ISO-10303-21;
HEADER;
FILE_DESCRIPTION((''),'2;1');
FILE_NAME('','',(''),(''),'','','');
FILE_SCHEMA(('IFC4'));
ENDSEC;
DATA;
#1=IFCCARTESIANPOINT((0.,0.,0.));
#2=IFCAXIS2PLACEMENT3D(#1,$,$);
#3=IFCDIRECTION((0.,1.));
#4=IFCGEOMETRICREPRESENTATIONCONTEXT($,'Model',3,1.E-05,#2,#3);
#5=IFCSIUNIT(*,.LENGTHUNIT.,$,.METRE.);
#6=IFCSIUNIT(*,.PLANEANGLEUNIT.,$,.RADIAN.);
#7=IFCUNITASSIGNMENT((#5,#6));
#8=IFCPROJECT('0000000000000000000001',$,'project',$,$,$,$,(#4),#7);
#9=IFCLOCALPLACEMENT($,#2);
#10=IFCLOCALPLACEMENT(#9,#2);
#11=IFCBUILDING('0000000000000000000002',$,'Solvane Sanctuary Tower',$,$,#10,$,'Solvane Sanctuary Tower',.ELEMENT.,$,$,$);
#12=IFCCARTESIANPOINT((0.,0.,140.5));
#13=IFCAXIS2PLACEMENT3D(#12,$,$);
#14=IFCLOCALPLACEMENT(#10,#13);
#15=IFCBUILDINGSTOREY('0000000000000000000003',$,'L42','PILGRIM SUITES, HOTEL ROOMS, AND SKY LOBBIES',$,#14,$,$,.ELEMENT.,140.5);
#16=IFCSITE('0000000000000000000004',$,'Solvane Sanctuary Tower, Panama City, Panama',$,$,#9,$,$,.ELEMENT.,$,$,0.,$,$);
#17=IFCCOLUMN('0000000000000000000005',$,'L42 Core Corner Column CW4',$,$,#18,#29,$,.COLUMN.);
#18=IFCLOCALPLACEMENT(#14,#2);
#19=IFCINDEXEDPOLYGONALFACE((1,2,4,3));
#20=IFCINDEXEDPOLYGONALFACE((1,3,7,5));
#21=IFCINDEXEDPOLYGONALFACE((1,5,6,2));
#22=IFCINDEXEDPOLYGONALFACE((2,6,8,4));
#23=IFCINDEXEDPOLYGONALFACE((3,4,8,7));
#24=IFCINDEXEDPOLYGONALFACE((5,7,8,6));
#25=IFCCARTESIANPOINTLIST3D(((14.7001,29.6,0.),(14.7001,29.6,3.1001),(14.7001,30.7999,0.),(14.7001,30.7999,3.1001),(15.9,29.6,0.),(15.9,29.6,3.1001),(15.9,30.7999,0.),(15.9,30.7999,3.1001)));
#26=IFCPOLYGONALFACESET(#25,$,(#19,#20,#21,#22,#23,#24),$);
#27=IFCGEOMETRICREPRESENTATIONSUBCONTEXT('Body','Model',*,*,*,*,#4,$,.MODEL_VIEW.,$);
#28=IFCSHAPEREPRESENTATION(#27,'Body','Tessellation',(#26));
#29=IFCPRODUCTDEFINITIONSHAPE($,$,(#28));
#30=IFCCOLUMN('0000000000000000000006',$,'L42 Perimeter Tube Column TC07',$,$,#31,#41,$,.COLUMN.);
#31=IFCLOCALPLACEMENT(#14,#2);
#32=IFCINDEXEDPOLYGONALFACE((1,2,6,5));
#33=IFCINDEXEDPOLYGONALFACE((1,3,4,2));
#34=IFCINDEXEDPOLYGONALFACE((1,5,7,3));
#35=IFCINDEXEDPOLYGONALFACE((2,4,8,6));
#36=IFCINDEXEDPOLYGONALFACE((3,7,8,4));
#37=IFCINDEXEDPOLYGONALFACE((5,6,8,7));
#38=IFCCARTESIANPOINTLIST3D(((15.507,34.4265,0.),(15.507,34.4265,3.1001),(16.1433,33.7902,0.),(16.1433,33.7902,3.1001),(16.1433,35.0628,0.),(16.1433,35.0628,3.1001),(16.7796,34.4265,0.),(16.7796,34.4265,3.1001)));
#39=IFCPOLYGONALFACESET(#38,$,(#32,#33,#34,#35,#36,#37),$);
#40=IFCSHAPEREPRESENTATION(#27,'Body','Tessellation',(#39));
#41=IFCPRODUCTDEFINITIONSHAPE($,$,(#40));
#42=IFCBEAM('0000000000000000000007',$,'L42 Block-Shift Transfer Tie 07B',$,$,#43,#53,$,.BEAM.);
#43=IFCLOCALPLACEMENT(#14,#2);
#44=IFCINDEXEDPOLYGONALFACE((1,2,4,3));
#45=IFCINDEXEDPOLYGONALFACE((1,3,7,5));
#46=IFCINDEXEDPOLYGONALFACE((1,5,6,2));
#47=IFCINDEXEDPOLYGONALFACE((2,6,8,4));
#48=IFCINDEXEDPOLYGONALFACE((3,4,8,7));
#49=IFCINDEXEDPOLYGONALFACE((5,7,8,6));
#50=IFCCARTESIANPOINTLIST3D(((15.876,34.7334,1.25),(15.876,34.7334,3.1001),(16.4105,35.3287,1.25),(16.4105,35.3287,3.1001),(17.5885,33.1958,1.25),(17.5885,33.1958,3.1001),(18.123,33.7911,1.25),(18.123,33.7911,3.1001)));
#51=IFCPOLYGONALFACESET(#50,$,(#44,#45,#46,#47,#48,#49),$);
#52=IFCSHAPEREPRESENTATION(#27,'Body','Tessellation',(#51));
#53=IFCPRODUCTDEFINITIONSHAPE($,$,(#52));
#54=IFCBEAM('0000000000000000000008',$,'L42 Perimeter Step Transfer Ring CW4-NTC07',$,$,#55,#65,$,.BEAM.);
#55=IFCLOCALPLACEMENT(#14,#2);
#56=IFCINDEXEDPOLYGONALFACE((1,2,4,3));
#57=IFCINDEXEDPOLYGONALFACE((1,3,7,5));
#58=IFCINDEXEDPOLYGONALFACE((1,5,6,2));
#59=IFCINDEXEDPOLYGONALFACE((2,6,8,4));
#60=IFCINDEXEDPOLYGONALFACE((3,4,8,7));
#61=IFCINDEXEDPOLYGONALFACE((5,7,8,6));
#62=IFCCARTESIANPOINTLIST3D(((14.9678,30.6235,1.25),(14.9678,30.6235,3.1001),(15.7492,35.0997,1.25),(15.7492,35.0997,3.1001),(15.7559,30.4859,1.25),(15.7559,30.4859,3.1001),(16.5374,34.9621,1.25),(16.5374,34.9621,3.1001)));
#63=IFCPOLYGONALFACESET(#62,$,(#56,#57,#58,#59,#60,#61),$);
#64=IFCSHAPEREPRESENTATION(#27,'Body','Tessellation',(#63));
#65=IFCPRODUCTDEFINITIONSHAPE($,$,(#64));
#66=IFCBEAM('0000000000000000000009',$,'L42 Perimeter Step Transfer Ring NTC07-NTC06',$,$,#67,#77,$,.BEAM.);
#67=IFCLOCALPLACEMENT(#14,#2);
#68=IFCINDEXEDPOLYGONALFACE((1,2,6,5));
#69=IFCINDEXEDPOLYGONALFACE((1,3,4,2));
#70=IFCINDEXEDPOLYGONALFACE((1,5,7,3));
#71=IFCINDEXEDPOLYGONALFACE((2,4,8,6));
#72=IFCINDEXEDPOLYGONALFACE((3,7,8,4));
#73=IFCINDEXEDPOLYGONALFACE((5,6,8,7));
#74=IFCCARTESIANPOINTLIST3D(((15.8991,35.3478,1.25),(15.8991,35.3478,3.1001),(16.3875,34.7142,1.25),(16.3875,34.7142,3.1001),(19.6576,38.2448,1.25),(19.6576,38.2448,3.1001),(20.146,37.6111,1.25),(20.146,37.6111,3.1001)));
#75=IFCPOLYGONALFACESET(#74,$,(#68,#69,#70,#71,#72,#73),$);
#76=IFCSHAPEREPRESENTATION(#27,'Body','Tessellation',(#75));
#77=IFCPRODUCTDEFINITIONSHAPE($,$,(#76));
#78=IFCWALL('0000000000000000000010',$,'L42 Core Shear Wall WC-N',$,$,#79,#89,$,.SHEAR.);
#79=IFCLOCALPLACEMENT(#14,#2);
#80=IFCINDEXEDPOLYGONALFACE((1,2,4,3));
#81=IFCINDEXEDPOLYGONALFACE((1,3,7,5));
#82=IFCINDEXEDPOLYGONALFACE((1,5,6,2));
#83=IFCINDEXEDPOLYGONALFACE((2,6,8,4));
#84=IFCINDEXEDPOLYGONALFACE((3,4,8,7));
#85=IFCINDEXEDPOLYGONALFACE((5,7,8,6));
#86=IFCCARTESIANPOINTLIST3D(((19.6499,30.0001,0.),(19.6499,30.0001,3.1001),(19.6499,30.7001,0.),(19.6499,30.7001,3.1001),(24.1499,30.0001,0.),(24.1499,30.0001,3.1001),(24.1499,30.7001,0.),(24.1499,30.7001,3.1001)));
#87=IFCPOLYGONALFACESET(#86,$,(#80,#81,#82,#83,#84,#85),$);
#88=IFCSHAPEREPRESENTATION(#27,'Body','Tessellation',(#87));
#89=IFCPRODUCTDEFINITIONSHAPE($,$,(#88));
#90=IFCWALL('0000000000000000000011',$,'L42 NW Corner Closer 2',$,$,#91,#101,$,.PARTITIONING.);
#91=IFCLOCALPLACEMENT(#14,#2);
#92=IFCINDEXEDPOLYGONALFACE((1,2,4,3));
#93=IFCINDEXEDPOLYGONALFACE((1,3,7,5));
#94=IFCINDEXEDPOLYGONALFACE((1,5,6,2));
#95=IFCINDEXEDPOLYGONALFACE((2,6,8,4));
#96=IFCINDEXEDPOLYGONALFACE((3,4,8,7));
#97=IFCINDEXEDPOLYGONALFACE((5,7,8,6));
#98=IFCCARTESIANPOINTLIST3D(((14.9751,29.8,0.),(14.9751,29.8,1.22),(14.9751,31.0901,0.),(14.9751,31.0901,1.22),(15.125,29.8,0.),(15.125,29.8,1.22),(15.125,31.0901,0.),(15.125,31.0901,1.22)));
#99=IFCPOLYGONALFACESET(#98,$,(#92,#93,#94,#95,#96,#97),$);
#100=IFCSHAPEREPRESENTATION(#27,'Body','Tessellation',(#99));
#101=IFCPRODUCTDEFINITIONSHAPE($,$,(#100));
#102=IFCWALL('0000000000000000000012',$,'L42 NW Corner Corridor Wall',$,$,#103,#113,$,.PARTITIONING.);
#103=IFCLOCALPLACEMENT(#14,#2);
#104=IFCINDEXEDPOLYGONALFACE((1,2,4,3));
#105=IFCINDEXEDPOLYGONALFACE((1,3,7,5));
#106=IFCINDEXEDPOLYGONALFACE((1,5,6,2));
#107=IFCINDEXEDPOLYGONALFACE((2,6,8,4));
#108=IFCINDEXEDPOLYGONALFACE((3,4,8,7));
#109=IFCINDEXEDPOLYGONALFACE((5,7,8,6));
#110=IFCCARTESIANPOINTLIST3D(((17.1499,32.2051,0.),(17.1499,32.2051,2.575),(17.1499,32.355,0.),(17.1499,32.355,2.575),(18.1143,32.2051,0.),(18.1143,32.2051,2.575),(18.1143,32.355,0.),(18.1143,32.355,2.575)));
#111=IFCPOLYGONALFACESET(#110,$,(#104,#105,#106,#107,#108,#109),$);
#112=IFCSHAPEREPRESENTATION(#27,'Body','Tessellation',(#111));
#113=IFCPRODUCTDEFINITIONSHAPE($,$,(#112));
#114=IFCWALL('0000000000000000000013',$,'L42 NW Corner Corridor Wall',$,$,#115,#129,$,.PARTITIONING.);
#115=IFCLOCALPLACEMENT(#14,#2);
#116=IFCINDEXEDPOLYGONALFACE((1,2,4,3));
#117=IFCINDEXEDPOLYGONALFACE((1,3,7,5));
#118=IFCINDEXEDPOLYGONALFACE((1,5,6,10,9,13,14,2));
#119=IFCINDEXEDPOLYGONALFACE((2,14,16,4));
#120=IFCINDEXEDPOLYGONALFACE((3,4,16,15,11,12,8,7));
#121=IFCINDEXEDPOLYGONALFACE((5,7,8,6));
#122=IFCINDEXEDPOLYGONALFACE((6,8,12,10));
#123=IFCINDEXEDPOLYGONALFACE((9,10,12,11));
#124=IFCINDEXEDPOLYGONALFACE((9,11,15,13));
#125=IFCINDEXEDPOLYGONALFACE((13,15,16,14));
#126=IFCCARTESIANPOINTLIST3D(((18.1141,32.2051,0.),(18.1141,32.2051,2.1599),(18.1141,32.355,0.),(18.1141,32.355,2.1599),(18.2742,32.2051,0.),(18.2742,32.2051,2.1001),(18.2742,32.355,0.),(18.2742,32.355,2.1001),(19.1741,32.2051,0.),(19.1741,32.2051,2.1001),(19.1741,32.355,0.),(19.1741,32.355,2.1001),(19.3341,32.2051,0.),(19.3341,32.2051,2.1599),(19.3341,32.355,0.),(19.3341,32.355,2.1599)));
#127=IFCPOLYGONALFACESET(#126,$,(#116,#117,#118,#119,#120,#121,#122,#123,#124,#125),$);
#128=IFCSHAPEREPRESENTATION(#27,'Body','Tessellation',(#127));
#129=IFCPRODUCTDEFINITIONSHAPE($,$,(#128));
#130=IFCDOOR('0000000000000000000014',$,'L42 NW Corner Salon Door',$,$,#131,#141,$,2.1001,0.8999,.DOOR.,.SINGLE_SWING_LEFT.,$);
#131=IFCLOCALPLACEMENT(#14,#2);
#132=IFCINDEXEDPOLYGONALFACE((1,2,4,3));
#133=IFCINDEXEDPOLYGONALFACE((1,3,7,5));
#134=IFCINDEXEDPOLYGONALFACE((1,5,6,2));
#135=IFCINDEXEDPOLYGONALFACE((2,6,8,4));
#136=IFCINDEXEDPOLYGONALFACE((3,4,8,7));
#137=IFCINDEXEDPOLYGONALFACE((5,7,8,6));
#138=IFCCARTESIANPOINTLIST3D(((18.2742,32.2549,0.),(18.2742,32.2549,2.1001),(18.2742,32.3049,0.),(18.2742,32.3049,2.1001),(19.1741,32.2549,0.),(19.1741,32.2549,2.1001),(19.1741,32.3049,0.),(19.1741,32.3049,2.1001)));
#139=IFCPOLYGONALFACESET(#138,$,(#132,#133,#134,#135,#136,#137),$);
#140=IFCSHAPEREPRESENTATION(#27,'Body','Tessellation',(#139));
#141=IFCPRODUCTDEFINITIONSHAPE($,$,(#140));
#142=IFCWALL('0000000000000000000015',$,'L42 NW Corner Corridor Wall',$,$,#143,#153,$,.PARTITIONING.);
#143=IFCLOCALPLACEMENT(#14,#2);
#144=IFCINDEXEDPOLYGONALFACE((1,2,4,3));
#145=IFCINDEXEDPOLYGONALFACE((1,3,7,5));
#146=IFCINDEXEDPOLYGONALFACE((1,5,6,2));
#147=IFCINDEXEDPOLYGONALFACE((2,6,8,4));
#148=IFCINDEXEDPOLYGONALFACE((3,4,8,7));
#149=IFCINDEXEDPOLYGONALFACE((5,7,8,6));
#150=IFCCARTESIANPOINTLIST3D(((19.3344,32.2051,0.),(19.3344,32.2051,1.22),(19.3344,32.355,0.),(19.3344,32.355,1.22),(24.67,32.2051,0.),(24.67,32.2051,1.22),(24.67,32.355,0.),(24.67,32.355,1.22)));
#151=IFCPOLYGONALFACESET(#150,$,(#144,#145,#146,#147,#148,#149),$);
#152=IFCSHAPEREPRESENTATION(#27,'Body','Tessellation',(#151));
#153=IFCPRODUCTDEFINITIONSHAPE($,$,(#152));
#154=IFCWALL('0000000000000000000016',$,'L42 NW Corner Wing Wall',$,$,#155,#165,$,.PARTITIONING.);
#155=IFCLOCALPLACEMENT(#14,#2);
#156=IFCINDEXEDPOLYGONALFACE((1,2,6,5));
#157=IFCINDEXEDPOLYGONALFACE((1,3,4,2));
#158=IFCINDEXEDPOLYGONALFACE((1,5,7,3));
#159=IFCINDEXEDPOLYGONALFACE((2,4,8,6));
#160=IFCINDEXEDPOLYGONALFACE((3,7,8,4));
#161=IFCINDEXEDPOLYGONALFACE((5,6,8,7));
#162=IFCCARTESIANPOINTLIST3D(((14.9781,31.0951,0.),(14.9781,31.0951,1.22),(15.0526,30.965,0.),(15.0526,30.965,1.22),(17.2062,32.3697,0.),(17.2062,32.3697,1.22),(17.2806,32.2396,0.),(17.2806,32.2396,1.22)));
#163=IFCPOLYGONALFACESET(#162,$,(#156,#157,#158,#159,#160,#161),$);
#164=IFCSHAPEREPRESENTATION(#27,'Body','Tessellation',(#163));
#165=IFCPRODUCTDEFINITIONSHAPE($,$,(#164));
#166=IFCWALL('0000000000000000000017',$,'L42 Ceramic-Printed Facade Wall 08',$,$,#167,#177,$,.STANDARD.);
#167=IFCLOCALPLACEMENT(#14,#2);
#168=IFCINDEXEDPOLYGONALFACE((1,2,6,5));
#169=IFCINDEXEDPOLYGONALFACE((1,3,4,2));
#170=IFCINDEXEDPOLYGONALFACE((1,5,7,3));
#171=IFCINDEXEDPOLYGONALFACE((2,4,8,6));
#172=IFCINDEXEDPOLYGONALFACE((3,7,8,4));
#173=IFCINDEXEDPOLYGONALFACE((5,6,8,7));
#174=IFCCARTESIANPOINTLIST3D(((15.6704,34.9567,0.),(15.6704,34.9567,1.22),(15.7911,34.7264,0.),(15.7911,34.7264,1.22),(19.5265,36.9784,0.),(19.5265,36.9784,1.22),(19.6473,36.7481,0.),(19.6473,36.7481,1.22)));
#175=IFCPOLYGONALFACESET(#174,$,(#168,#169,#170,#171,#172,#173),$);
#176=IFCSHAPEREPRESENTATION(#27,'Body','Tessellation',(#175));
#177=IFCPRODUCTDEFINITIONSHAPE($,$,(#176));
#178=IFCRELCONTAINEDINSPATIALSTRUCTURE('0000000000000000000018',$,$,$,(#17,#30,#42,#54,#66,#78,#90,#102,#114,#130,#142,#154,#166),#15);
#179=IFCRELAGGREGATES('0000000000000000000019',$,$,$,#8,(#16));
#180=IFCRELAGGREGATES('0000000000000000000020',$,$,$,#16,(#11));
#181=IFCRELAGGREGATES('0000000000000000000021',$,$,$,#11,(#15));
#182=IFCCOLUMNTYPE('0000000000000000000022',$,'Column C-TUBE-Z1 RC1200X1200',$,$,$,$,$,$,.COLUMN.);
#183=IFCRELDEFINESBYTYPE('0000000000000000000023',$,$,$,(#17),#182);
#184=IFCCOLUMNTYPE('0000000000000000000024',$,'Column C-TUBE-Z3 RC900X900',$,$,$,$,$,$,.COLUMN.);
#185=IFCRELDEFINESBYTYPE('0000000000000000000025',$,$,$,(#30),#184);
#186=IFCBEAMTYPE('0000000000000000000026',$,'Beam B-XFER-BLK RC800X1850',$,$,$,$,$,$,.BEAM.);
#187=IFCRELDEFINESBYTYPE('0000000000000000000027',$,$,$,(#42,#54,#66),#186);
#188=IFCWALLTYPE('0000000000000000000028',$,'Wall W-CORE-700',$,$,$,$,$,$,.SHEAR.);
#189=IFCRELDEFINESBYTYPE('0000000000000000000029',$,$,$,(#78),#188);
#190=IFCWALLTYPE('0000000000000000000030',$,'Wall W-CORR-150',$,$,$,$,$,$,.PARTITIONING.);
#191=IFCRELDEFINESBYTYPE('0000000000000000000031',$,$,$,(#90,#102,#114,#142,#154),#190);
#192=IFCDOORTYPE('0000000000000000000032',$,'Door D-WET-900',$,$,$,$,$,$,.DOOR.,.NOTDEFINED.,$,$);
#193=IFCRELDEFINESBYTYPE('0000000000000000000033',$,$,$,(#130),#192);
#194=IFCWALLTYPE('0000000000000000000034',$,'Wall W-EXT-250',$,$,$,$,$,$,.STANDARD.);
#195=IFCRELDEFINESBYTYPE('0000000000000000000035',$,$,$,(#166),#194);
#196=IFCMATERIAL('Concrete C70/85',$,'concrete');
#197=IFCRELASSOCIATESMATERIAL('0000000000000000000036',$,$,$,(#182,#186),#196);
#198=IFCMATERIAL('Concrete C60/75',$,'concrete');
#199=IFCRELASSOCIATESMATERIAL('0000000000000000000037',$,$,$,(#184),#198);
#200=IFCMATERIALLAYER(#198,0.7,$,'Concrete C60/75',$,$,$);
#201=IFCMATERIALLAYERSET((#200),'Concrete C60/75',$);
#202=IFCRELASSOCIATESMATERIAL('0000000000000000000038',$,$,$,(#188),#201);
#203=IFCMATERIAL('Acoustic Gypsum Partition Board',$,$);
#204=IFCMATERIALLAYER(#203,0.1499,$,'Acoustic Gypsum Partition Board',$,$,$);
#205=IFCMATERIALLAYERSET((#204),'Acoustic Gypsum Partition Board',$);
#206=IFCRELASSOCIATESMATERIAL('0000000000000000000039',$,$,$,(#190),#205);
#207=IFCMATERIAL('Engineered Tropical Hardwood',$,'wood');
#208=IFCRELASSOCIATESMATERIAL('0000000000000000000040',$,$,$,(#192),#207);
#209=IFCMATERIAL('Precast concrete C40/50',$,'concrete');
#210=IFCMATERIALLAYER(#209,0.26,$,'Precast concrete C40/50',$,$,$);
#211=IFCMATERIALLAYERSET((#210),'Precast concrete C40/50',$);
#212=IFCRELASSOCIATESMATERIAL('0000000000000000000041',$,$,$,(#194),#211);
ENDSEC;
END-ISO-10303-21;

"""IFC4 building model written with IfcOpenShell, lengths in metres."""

from ifc_helpers import new_model, si_unit, direction, frame, frame_2d, origin, origin_2d, place, context, subcontext, project, spatial, rectangle, extrude, material, layer, layer_set, material_profile, profile_set, type_object, element, fill, save


model = new_model("IFC4")

# Units and contexts
model_context = context("Model", 3, precision=1e-05, world=origin(), true_north=direction((0.0, 1.0)))
body_context = subcontext(model_context, "Body", "Model", "MODEL_VIEW")
ifc_project = project(units=[si_unit("LENGTHUNIT", "METRE"), si_unit("PLANEANGLEUNIT", "RADIAN")], contexts=[model_context])

# Site, building, storey
site_placement = place(None, origin())
site = spatial("IfcSite", under=ifc_project, at=site_placement, Name="Solvane Sanctuary Tower, Panama City, Panama", CompositionType="ELEMENT", RefElevation=0.0)
building_placement = place(site_placement, origin())
building = spatial("IfcBuilding", under=site, at=building_placement, Name="Solvane Sanctuary Tower", LongName="Solvane Sanctuary Tower", CompositionType="ELEMENT")
storey_placement = place(building_placement, frame((0.0, 0.0, 140.5)))
storey = spatial("IfcBuildingStorey", under=building, at=storey_placement, Name="L42", Description="PILGRIM SUITES, HOTEL ROOMS, AND SKY LOBBIES", CompositionType="ELEMENT", Elevation=140.5)

# Columns
ifc_material_1 = material(Name="Concrete C70/85", Category="concrete")
ifc_material_profile_1 = material_profile(ifc_material_1, rectangle(XDim=1.2, YDim=1.2, at=origin_2d()), Name="RC1200X1200")
ifc_profile_set_1 = profile_set([ifc_material_profile_1], Name="Concrete C70/85")
column_type_1 = type_object("IfcColumnType", Name="Column C-TUBE-Z1 RC1200X1200", PredefinedType="COLUMN", material=ifc_profile_set_1)
column_1_placement = place(storey_placement, frame((15.3, 30.2, 0.0), z_axis=(0.0, 0.0, 1.0), x_axis=(1.0, 0.0, 0.0)))
element("IfcColumn", 1, at=column_1_placement, inside=storey, type_object=column_type_1, Name="L42 Core Corner Column CW4", PredefinedType="COLUMN", context=body_context, shape_type="SweptSolid", body=[
    extrude(rectangle(XDim=1.2, YDim=1.2, at=origin_2d()), origin(), (0.0, 0.0, 1.0), 3.1001),
])
ifc_material_2 = material(Name="Concrete C60/75", Category="concrete")
ifc_material_profile_2 = material_profile(ifc_material_2, rectangle(XDim=0.8999, YDim=0.8999, at=origin_2d()), Name="RC900X900")
ifc_profile_set_2 = profile_set([ifc_material_profile_2], Name="Concrete C60/75")
column_type_2 = type_object("IfcColumnType", Name="Column C-TUBE-Z3 RC900X900", PredefinedType="COLUMN", material=ifc_profile_set_2)
column_2_placement = place(storey_placement, frame((16.1433, 34.4265, 0.0), z_axis=(0.0, 0.0, 1.0), x_axis=(-0.707107, 0.707107, 0.0)))
element("IfcColumn", 2, at=column_2_placement, inside=storey, type_object=column_type_2, Name="L42 Perimeter Tube Column TC07", PredefinedType="COLUMN", context=body_context, shape_type="SweptSolid", body=[
    extrude(rectangle(XDim=0.8999, YDim=0.8999, at=origin_2d()), origin(), (0.0, 0.0, 1.0), 3.1001),
])

# Beams
ifc_material_profile_3 = material_profile(ifc_material_1, rectangle(XDim=0.8, YDim=1.8501, at=origin_2d()), Name="RC800X1850")
ifc_profile_set_3 = profile_set([ifc_material_profile_3], Name="Concrete C70/85")
beam_type = type_object("IfcBeamType", Name="Beam B-XFER-BLK RC800X1850", PredefinedType="BEAM", material=ifc_profile_set_3)
beam_1_placement = place(storey_placement, frame((17.8557, 33.4934, 2.175), z_axis=(-0.744064, 0.668109, 0.0), x_axis=(-0.668109, -0.744064, 0.0)))
element("IfcBeam", 3, at=beam_1_placement, inside=storey, type_object=beam_type, Name="L42 Block-Shift Transfer Tie 07B", PredefinedType="BEAM", context=body_context, shape_type="SweptSolid", body=[
    extrude(rectangle(XDim=0.8, YDim=1.8501, at=origin_2d()), origin(), (0.0, 0.0, 1.0), 2.3015),
])
beam_2_placement = place(storey_placement, frame((15.3618, 30.5547, 2.175), z_axis=(0.171983, 0.9851, 0.0), x_axis=(-0.9851, 0.171983, 0.0)))
element("IfcBeam", 4, at=beam_2_placement, inside=storey, type_object=beam_type, Name="L42 Perimeter Step Transfer Ring CW4-NTC07", PredefinedType="BEAM", context=body_context, shape_type="SweptSolid", body=[
    extrude(rectangle(XDim=0.8, YDim=1.8501, at=origin_2d()), origin(), (0.0, 0.0, 1.0), 4.5439),
])
beam_3_placement = place(storey_placement, frame((16.1433, 35.031, 2.175), z_axis=(0.792035, 0.610476, 0.0), x_axis=(-0.610476, 0.792035, 0.0)))
element("IfcBeam", 5, at=beam_3_placement, inside=storey, type_object=beam_type, Name="L42 Perimeter Step Transfer Ring NTC07-NTC06", PredefinedType="BEAM", context=body_context, shape_type="SweptSolid", body=[
    extrude(rectangle(XDim=0.8, YDim=1.8501, at=origin_2d()), origin(), (0.0, 0.0, 1.0), 4.7454),
])

# Walls
ifc_layer_1 = layer(ifc_material_2, 0.7, Name="Concrete C60/75")
ifc_layer_set_1 = layer_set([ifc_layer_1], Name="Concrete C60/75")
wall_type_1 = type_object("IfcWallType", Name="Wall W-CORE-700", PredefinedType="SHEAR", material=ifc_layer_set_1)
wall_1_placement = place(storey_placement, frame((19.6499, 30.3501, 0.0), z_axis=(0.0, 0.0, 1.0), x_axis=(1.0, 0.0, 0.0)))
element("IfcWall", 6, at=wall_1_placement, inside=storey, type_object=wall_type_1, Name="L42 Core Shear Wall WC-N", PredefinedType="SHEAR", context=body_context, shape_type="SweptSolid", body=[
    extrude(rectangle(XDim=4.5, YDim=0.7, at=frame_2d((2.25, 0.0))), origin(), (0.0, 0.0, 1.0), 3.1001),
])
ifc_material_3 = material(Name="Acoustic Gypsum Partition Board")
ifc_layer_2 = layer(ifc_material_3, 0.1499, Name="Acoustic Gypsum Partition Board")
ifc_layer_set_2 = layer_set([ifc_layer_2], Name="Acoustic Gypsum Partition Board")
wall_type_2 = type_object("IfcWallType", Name="Wall W-CORR-150", PredefinedType="PARTITIONING", material=ifc_layer_set_2)
wall_2_placement = place(storey_placement, frame((15.05, 29.8, 0.0), z_axis=(0.0, 0.0, 1.0), x_axis=(0.0, 1.0, 0.0)))
element("IfcWall", 7, at=wall_2_placement, inside=storey, type_object=wall_type_2, Name="L42 NW Corner Closer 2", PredefinedType="PARTITIONING", context=body_context, shape_type="SweptSolid", body=[
    extrude(rectangle(XDim=1.29, YDim=0.1499, at=frame_2d((0.645, 0.0))), origin(), (0.0, 0.0, 1.0), 1.22),
])
wall_3_placement = place(storey_placement, frame((17.1499, 32.28, 0.0), z_axis=(0.0, 0.0, 1.0), x_axis=(1.0, 0.0, 0.0)))
element("IfcWall", 8, at=wall_3_placement, inside=storey, type_object=wall_type_2, Name="L42 NW Corner Corridor Wall", PredefinedType="PARTITIONING", context=body_context, shape_type="SweptSolid", body=[
    extrude(rectangle(XDim=0.9644, YDim=0.1499, at=frame_2d((0.4822, 0.0))), origin(), (0.0, 0.0, 1.0), 2.575),
])

# Wall, opening, door
wall_4_placement = place(storey_placement, frame((18.1143, 32.28, 0.0), z_axis=(0.0, 0.0, 1.0), x_axis=(1.0, 0.0, 0.0)))
wall_4 = element("IfcWall", 9, at=wall_4_placement, inside=storey, type_object=wall_type_2, Name="L42 NW Corner Corridor Wall", PredefinedType="PARTITIONING", context=body_context, shape_type="SweptSolid", body=[
    extrude(rectangle(XDim=1.22, YDim=0.1499, at=frame_2d((0.6099, 0.0))), origin(), (0.0, 0.0, 1.0), 2.1599),
])
opening_1_placement = place(wall_4_placement, frame((0.1599, 0.0, 0.0)))
opening_1 = element("IfcOpeningElement", 10, at=opening_1_placement, cuts=wall_4, PredefinedType="OPENING", context=body_context, shape_type="SweptSolid", body=[
    extrude(rectangle(XDim=0.8999, YDim=2.1001, at=frame_2d((0.45, 1.05))), frame((0.0, 0.085, 0.0), z_axis=(0.0, -1.0, 0.0), x_axis=(1.0, 0.0, 0.0)), (0.0, 0.0, 1.0), 0.1699),
])
ifc_material_4 = material(Name="Engineered Tropical Hardwood", Category="wood")
door_type_1 = type_object("IfcDoorType", Name="Door D-WET-900", OperationType="NOTDEFINED", PredefinedType="DOOR", material=ifc_material_4)
door_1_placement = place(opening_1_placement, origin())
door_1 = element("IfcDoor", 11, at=door_1_placement, inside=storey, type_object=door_type_1, Name="L42 NW Corner Salon Door", OperationType="SINGLE_SWING_LEFT", OverallHeight=2.1001, OverallWidth=0.8999, PredefinedType="DOOR", context=body_context, shape_type="SweptSolid", body=[
    extrude(rectangle(XDim=0.8999, YDim=2.1001, at=frame_2d((0.45, 1.05))), frame((0.0, 0.0249, 0.0), z_axis=(0.0, -1.0, 0.0), x_axis=(1.0, 0.0, 0.0)), (0.0, 0.0, 1.0), 0.05),
])
fill(opening_1, door_1)

# Walls
wall_5_placement = place(storey_placement, frame((19.3342, 32.28, 0.0), z_axis=(0.0, 0.0, 1.0), x_axis=(1.0, 0.0, 0.0)))
element("IfcWall", 12, at=wall_5_placement, inside=storey, type_object=wall_type_2, Name="L42 NW Corner Corridor Wall", PredefinedType="PARTITIONING", context=body_context, shape_type="SweptSolid", body=[
    extrude(rectangle(XDim=5.3357, YDim=0.1499, at=frame_2d((2.668, 0.0))), origin(), (0.0, 0.0, 1.0), 1.22),
])
wall_6_placement = place(storey_placement, frame((17.2434, 32.3047, 0.0), z_axis=(0.0, 0.0, 1.0), x_axis=(-0.867991, -0.496579, 0.0)))
element("IfcWall", 13, at=wall_6_placement, inside=storey, type_object=wall_type_2, Name="L42 NW Corner Wing Wall", PredefinedType="PARTITIONING", context=body_context, shape_type="SweptSolid", body=[
    extrude(rectangle(XDim=2.5669, YDim=0.1499, at=frame_2d((1.2834, 0.0))), origin(), (0.0, 0.0, 1.0), 1.22),
])
ifc_material_5 = material(Name="Precast concrete C40/50", Category="concrete")
ifc_layer_3 = layer(ifc_material_5, 0.26, Name="Precast concrete C40/50")
ifc_layer_set_3 = layer_set([ifc_layer_3], Name="Precast concrete C40/50")
wall_type_3 = type_object("IfcWallType", Name="Wall W-EXT-250", PredefinedType="STANDARD", material=ifc_layer_set_3)
wall_7_placement = place(storey_placement, frame((19.5869, 36.8633, 0.0), z_axis=(0.0, 0.0, 1.0), x_axis=(-0.88566, -0.464334, 0.0)))
element("IfcWall", 14, at=wall_7_placement, inside=storey, type_object=wall_type_3, Name="L42 Ceramic-Printed Facade Wall 08", PredefinedType="STANDARD", context=body_context, shape_type="SweptSolid", body=[
    extrude(rectangle(XDim=4.354, YDim=0.26, at=frame_2d((2.177, 0.0))), origin(), (0.0, 0.0, 1.0), 1.22),
])

save(model, "model.ifc")
